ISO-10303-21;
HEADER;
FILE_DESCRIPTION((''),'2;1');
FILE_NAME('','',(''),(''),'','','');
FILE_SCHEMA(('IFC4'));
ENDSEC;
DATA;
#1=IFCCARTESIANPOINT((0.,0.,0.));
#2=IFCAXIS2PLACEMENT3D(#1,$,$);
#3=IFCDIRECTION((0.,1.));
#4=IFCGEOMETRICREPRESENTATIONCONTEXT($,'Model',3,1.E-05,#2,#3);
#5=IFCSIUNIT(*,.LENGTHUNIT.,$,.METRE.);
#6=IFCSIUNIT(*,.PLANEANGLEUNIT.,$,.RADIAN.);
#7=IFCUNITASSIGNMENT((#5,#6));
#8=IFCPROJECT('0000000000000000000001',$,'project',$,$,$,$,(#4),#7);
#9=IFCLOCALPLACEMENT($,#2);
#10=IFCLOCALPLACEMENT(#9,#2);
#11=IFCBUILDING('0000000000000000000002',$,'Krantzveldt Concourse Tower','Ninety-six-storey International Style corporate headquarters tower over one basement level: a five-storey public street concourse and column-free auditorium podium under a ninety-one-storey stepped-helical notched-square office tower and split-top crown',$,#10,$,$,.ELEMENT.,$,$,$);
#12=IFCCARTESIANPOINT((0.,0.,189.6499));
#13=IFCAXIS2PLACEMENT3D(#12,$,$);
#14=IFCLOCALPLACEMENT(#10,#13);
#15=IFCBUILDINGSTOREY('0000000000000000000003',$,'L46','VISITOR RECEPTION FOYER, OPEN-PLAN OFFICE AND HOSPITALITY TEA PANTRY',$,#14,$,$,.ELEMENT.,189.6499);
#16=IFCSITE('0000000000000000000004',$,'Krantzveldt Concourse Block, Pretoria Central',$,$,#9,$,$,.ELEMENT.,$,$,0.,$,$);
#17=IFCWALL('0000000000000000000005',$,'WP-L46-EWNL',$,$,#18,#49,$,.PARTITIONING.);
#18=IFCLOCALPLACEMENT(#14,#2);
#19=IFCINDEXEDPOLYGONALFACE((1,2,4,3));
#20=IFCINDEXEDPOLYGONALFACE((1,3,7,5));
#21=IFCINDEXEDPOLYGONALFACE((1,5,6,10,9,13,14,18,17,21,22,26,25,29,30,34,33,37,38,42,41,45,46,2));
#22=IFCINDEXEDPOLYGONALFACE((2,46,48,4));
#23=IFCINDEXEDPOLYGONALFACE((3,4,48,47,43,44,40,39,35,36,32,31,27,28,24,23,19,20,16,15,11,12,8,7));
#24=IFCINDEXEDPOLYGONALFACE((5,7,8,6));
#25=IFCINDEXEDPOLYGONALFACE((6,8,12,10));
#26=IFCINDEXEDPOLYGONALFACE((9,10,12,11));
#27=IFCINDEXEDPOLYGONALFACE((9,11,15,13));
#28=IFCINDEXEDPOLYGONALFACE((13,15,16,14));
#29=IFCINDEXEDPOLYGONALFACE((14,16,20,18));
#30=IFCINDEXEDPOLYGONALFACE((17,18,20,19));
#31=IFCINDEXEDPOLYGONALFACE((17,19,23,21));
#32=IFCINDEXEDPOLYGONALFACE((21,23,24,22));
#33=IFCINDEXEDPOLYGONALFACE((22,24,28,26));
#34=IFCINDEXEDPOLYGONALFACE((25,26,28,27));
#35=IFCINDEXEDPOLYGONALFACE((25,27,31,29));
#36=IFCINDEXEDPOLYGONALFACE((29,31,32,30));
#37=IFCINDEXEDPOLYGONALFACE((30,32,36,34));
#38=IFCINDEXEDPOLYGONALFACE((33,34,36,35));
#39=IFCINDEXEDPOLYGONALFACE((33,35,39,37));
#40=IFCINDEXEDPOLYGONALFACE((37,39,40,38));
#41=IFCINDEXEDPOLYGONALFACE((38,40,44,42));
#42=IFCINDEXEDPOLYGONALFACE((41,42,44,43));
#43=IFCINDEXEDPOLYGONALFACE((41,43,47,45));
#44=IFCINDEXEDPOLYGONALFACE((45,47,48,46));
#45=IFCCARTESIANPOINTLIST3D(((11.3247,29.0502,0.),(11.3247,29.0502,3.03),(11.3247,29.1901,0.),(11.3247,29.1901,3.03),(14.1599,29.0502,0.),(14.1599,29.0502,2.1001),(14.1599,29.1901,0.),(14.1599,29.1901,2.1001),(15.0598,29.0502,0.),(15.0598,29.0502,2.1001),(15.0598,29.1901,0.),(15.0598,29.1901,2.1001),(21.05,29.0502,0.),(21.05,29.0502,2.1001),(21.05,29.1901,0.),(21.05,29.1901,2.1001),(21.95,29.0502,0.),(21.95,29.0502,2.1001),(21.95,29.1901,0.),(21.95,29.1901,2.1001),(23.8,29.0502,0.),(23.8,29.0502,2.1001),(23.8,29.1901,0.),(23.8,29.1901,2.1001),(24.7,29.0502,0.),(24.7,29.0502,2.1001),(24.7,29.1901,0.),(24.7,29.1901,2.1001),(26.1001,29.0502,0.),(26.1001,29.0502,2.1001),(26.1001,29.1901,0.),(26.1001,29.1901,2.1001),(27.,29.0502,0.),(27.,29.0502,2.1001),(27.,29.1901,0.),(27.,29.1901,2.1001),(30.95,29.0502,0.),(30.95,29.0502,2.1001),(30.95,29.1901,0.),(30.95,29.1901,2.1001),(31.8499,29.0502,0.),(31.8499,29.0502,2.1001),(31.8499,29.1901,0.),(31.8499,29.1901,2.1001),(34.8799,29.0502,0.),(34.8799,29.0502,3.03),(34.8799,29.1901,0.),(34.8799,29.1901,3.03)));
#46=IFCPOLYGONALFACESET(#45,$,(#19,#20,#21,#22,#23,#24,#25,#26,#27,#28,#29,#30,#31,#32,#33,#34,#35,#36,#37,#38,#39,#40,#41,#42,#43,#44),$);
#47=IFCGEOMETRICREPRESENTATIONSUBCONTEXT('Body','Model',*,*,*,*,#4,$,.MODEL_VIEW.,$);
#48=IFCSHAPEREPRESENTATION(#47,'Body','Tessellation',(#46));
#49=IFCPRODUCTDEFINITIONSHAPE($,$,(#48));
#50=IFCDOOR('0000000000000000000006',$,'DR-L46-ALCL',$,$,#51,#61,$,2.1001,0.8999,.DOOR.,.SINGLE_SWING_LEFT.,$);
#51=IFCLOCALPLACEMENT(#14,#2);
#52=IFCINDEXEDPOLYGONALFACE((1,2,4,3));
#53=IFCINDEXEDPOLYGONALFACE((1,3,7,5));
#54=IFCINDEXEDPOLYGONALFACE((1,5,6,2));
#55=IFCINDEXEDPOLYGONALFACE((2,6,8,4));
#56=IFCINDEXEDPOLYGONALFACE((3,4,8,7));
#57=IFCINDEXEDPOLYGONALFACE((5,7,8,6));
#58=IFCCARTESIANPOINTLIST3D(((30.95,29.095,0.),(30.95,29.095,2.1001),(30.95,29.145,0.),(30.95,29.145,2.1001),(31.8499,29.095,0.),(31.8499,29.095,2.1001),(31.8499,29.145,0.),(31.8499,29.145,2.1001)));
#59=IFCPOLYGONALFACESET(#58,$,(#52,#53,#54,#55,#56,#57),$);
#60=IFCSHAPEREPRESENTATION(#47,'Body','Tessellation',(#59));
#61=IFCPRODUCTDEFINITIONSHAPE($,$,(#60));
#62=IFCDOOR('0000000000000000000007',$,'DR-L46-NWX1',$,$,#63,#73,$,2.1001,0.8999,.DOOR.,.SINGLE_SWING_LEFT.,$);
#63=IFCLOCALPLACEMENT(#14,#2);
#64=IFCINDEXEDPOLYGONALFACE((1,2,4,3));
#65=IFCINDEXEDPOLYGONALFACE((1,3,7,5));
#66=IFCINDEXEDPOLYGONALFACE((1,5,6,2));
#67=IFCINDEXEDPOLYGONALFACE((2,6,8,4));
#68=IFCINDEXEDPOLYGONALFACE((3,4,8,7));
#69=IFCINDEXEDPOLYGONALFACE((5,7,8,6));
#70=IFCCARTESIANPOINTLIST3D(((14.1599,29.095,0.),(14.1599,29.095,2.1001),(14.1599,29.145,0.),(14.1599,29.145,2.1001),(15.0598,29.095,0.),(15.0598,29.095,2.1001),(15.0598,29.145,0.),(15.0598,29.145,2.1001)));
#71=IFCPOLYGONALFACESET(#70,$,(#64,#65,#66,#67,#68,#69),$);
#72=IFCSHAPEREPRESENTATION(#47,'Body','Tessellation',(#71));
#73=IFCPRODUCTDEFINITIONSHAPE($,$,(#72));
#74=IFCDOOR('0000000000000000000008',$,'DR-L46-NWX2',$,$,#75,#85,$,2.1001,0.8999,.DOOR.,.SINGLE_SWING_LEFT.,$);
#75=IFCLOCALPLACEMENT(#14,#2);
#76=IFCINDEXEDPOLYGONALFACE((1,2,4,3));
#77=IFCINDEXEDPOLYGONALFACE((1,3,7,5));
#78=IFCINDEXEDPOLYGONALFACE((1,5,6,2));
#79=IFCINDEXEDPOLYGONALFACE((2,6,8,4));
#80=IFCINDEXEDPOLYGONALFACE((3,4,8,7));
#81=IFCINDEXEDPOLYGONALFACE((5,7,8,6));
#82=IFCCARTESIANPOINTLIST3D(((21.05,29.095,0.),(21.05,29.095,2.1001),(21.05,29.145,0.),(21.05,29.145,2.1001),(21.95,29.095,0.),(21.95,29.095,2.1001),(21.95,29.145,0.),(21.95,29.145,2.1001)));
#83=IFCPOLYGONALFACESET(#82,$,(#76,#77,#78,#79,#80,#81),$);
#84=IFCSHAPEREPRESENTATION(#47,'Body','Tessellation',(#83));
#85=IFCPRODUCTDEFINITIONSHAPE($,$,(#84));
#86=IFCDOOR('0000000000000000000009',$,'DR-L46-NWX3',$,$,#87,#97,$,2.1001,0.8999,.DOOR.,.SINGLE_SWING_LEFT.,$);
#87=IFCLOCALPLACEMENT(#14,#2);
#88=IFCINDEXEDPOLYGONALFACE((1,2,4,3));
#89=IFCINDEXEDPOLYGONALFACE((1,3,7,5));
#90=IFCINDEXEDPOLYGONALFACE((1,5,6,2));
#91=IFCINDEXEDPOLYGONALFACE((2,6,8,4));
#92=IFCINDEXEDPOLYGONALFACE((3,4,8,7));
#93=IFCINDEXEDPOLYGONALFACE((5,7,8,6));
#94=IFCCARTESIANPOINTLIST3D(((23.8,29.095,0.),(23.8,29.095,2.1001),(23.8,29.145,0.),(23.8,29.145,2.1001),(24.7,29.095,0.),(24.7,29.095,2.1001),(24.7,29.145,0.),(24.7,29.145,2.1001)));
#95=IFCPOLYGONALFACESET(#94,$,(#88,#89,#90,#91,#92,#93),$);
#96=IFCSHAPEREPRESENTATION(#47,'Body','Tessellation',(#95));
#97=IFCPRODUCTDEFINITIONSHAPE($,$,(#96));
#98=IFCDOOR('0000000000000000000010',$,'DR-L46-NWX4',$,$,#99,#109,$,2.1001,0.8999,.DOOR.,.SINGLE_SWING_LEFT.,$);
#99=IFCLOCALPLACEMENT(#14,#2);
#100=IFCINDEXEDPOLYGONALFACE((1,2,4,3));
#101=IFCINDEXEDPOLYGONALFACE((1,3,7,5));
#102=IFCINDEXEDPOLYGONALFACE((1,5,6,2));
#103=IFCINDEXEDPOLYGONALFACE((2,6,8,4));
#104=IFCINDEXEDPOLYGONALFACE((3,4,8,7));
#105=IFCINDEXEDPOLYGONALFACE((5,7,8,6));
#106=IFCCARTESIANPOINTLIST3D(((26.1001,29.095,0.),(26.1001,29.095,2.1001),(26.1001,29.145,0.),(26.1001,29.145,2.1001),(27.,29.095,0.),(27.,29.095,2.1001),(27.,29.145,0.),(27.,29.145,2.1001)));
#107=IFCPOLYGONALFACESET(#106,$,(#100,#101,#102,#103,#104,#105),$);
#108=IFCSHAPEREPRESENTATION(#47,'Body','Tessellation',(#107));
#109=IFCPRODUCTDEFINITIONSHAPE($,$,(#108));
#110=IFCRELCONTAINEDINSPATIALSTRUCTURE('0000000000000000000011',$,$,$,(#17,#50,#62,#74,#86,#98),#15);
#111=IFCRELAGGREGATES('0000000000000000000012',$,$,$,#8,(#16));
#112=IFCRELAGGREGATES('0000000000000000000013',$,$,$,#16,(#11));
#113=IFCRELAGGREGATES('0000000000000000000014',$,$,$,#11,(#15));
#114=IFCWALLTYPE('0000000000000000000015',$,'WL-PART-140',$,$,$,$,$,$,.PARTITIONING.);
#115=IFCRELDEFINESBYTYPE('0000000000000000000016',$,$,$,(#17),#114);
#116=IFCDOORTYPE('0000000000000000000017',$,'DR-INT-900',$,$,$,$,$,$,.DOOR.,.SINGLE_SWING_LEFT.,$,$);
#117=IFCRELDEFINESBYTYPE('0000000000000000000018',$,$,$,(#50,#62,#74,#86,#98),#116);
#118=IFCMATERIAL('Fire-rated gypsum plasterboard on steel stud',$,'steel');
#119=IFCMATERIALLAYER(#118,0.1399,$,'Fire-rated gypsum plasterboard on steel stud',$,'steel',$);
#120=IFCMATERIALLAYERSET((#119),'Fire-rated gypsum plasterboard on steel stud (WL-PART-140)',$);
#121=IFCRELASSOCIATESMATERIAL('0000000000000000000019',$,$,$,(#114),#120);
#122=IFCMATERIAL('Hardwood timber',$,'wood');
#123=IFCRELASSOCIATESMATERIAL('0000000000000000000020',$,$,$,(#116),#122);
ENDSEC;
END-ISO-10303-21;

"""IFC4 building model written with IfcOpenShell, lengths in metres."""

from ifc_helpers import new_model, si_unit, direction, frame, frame_2d, origin, place, context, subcontext, project, spatial, rectangle, extrude, material, layer, layer_set, type_object, element, fill, save


model = new_model("IFC4")

# Units and contexts
model_context = context("Model", 3, precision=1e-05, world=origin(), true_north=direction((0.0, 1.0)))
body_context = subcontext(model_context, "Body", "Model", "MODEL_VIEW")
ifc_project = project(units=[si_unit("LENGTHUNIT", "METRE"), si_unit("PLANEANGLEUNIT", "RADIAN")], contexts=[model_context])

# Site, building, storey
site_placement = place(None, origin())
site = spatial("IfcSite", under=ifc_project, at=site_placement, Name="Krantzveldt Concourse Block, Pretoria Central", CompositionType="ELEMENT", RefElevation=0.0)
building_placement = place(site_placement, origin())
building = spatial("IfcBuilding", under=site, at=building_placement, Name="Krantzveldt Concourse Tower", Description="Ninety-six-storey International Style corporate headquarters tower over one basement level: a five-storey public street concourse and column-free auditorium podium under a ninety-one-storey stepped-helical notched-square office tower and split-top crown", CompositionType="ELEMENT")
storey_placement = place(building_placement, frame((0.0, 0.0, 189.6499)))
storey = spatial("IfcBuildingStorey", under=building, at=storey_placement, Name="L46", Description="VISITOR RECEPTION FOYER, OPEN-PLAN OFFICE AND HOSPITALITY TEA PANTRY", CompositionType="ELEMENT", Elevation=189.6499)

# Shared definitions
ifc_material_1 = material(Name="Fire-rated gypsum plasterboard on steel stud", Category="steel")

# Wall, openings, doors
ifc_layer_1 = layer(ifc_material_1, 0.1399, Name="Fire-rated gypsum plasterboard on steel stud", Category="steel")
ifc_layer_set_1 = layer_set([ifc_layer_1], Name="Fire-rated gypsum plasterboard on steel stud (WL-PART-140)")
wall_type_1 = type_object("IfcWallType", Name="WL-PART-140", PredefinedType="PARTITIONING", material=ifc_layer_set_1)
wall_1_placement = place(storey_placement, frame((11.3247, 29.1201, 0.0), z_axis=(0.0, 0.0, 1.0), x_axis=(1.0, 0.0, 0.0)))
wall_1 = element("IfcWall", 1, at=wall_1_placement, inside=storey, type_object=wall_type_1, Name="WP-L46-EWNL", PredefinedType="PARTITIONING", context=body_context, shape_type="SweptSolid", body=[
    extrude(rectangle(XDim=23.5552, YDim=0.1399, at=frame_2d((11.7776, 0.0))), origin(), (0.0, 0.0, 1.0), 3.03),
])
opening_1_placement = place(wall_1_placement, frame((19.6252, 0.0, 0.0)))
opening_1 = element("IfcOpeningElement", 2, at=opening_1_placement, cuts=wall_1, PredefinedType="OPENING", context=body_context, shape_type="SweptSolid", body=[
    extrude(rectangle(XDim=0.8999, YDim=2.1001, at=frame_2d((0.45, 1.05))), frame((0.0, 0.0801, 0.0), z_axis=(0.0, -1.0, 0.0), x_axis=(1.0, 0.0, 0.0)), (0.0, 0.0, 1.0), 0.1599),
])
opening_2_placement = place(wall_1_placement, frame((2.8352, 0.0, 0.0)))
opening_2 = element("IfcOpeningElement", 3, at=opening_2_placement, cuts=wall_1, PredefinedType="OPENING", context=body_context, shape_type="SweptSolid", body=[
    extrude(rectangle(XDim=0.8999, YDim=2.1001, at=frame_2d((0.45, 1.05))), frame((0.0, 0.0801, 0.0), z_axis=(0.0, -1.0, 0.0), x_axis=(1.0, 0.0, 0.0)), (0.0, 0.0, 1.0), 0.1599),
])
opening_3_placement = place(wall_1_placement, frame((9.7253, 0.0, 0.0)))
opening_3 = element("IfcOpeningElement", 4, at=opening_3_placement, cuts=wall_1, PredefinedType="OPENING", context=body_context, shape_type="SweptSolid", body=[
    extrude(rectangle(XDim=0.8999, YDim=2.1001, at=frame_2d((0.45, 1.05))), frame((0.0, 0.0801, 0.0), z_axis=(0.0, -1.0, 0.0), x_axis=(1.0, 0.0, 0.0)), (0.0, 0.0, 1.0), 0.1599),
])
opening_4_placement = place(wall_1_placement, frame((12.4753, 0.0, 0.0)))
opening_4 = element("IfcOpeningElement", 5, at=opening_4_placement, cuts=wall_1, PredefinedType="OPENING", context=body_context, shape_type="SweptSolid", body=[
    extrude(rectangle(XDim=0.8999, YDim=2.1001, at=frame_2d((0.45, 1.05))), frame((0.0, 0.0801, 0.0), z_axis=(0.0, -1.0, 0.0), x_axis=(1.0, 0.0, 0.0)), (0.0, 0.0, 1.0), 0.1599),
])
opening_5_placement = place(wall_1_placement, frame((14.7754, 0.0, 0.0)))
opening_5 = element("IfcOpeningElement", 6, at=opening_5_placement, cuts=wall_1, PredefinedType="OPENING", context=body_context, shape_type="SweptSolid", body=[
    extrude(rectangle(XDim=0.8999, YDim=2.1001, at=frame_2d((0.45, 1.05))), frame((0.0, 0.0801, 0.0), z_axis=(0.0, -1.0, 0.0), x_axis=(1.0, 0.0, 0.0)), (0.0, 0.0, 1.0), 0.1599),
])
ifc_material_2 = material(Name="Hardwood timber", Category="wood")
door_type = type_object("IfcDoorType", Name="DR-INT-900", OperationType="SINGLE_SWING_LEFT", PredefinedType="DOOR", material=ifc_material_2)
door_1_placement = place(opening_1_placement, origin())
door_1 = element("IfcDoor", 7, at=door_1_placement, inside=storey, type_object=door_type, Name="DR-L46-ALCL", OperationType="SINGLE_SWING_LEFT", OverallHeight=2.1001, OverallWidth=0.8999, PredefinedType="DOOR", context=body_context, shape_type="SweptSolid", body=[
    extrude(rectangle(XDim=0.8999, YDim=2.1001, at=frame_2d((0.45, 1.05))), frame((0.0, 0.0249, 0.0), z_axis=(0.0, -1.0, 0.0), x_axis=(1.0, 0.0, 0.0)), (0.0, 0.0, 1.0), 0.05),
])
fill(opening_1, door_1)
door_2_placement = place(opening_2_placement, origin())
door_2 = element("IfcDoor", 8, at=door_2_placement, inside=storey, type_object=door_type, Name="DR-L46-NWX1", OperationType="SINGLE_SWING_LEFT", OverallHeight=2.1001, OverallWidth=0.8999, PredefinedType="DOOR", context=body_context, shape_type="SweptSolid", body=[
    extrude(rectangle(XDim=0.8999, YDim=2.1001, at=frame_2d((0.45, 1.05))), frame((0.0, 0.0249, 0.0), z_axis=(0.0, -1.0, 0.0), x_axis=(1.0, 0.0, 0.0)), (0.0, 0.0, 1.0), 0.05),
])
fill(opening_2, door_2)
door_3_placement = place(opening_3_placement, origin())
door_3 = element("IfcDoor", 9, at=door_3_placement, inside=storey, type_object=door_type, Name="DR-L46-NWX2", OperationType="SINGLE_SWING_LEFT", OverallHeight=2.1001, OverallWidth=0.8999, PredefinedType="DOOR", context=body_context, shape_type="SweptSolid", body=[
    extrude(rectangle(XDim=0.8999, YDim=2.1001, at=frame_2d((0.45, 1.05))), frame((0.0, 0.0249, 0.0), z_axis=(0.0, -1.0, 0.0), x_axis=(1.0, 0.0, 0.0)), (0.0, 0.0, 1.0), 0.05),
])
fill(opening_3, door_3)
door_4_placement = place(opening_4_placement, origin())
door_4 = element("IfcDoor", 10, at=door_4_placement, inside=storey, type_object=door_type, Name="DR-L46-NWX3", OperationType="SINGLE_SWING_LEFT", OverallHeight=2.1001, OverallWidth=0.8999, PredefinedType="DOOR", context=body_context, shape_type="SweptSolid", body=[
    extrude(rectangle(XDim=0.8999, YDim=2.1001, at=frame_2d((0.45, 1.05))), frame((0.0, 0.0249, 0.0), z_axis=(0.0, -1.0, 0.0), x_axis=(1.0, 0.0, 0.0)), (0.0, 0.0, 1.0), 0.05),
])
fill(opening_4, door_4)
door_5_placement = place(opening_5_placement, origin())
door_5 = element("IfcDoor", 11, at=door_5_placement, inside=storey, type_object=door_type, Name="DR-L46-NWX4", OperationType="SINGLE_SWING_LEFT", OverallHeight=2.1001, OverallWidth=0.8999, PredefinedType="DOOR", context=body_context, shape_type="SweptSolid", body=[
    extrude(rectangle(XDim=0.8999, YDim=2.1001, at=frame_2d((0.45, 1.05))), frame((0.0, 0.0249, 0.0), z_axis=(0.0, -1.0, 0.0), x_axis=(1.0, 0.0, 0.0)), (0.0, 0.0, 1.0), 0.05),
])
fill(opening_5, door_5)

save(model, "model.ifc")
